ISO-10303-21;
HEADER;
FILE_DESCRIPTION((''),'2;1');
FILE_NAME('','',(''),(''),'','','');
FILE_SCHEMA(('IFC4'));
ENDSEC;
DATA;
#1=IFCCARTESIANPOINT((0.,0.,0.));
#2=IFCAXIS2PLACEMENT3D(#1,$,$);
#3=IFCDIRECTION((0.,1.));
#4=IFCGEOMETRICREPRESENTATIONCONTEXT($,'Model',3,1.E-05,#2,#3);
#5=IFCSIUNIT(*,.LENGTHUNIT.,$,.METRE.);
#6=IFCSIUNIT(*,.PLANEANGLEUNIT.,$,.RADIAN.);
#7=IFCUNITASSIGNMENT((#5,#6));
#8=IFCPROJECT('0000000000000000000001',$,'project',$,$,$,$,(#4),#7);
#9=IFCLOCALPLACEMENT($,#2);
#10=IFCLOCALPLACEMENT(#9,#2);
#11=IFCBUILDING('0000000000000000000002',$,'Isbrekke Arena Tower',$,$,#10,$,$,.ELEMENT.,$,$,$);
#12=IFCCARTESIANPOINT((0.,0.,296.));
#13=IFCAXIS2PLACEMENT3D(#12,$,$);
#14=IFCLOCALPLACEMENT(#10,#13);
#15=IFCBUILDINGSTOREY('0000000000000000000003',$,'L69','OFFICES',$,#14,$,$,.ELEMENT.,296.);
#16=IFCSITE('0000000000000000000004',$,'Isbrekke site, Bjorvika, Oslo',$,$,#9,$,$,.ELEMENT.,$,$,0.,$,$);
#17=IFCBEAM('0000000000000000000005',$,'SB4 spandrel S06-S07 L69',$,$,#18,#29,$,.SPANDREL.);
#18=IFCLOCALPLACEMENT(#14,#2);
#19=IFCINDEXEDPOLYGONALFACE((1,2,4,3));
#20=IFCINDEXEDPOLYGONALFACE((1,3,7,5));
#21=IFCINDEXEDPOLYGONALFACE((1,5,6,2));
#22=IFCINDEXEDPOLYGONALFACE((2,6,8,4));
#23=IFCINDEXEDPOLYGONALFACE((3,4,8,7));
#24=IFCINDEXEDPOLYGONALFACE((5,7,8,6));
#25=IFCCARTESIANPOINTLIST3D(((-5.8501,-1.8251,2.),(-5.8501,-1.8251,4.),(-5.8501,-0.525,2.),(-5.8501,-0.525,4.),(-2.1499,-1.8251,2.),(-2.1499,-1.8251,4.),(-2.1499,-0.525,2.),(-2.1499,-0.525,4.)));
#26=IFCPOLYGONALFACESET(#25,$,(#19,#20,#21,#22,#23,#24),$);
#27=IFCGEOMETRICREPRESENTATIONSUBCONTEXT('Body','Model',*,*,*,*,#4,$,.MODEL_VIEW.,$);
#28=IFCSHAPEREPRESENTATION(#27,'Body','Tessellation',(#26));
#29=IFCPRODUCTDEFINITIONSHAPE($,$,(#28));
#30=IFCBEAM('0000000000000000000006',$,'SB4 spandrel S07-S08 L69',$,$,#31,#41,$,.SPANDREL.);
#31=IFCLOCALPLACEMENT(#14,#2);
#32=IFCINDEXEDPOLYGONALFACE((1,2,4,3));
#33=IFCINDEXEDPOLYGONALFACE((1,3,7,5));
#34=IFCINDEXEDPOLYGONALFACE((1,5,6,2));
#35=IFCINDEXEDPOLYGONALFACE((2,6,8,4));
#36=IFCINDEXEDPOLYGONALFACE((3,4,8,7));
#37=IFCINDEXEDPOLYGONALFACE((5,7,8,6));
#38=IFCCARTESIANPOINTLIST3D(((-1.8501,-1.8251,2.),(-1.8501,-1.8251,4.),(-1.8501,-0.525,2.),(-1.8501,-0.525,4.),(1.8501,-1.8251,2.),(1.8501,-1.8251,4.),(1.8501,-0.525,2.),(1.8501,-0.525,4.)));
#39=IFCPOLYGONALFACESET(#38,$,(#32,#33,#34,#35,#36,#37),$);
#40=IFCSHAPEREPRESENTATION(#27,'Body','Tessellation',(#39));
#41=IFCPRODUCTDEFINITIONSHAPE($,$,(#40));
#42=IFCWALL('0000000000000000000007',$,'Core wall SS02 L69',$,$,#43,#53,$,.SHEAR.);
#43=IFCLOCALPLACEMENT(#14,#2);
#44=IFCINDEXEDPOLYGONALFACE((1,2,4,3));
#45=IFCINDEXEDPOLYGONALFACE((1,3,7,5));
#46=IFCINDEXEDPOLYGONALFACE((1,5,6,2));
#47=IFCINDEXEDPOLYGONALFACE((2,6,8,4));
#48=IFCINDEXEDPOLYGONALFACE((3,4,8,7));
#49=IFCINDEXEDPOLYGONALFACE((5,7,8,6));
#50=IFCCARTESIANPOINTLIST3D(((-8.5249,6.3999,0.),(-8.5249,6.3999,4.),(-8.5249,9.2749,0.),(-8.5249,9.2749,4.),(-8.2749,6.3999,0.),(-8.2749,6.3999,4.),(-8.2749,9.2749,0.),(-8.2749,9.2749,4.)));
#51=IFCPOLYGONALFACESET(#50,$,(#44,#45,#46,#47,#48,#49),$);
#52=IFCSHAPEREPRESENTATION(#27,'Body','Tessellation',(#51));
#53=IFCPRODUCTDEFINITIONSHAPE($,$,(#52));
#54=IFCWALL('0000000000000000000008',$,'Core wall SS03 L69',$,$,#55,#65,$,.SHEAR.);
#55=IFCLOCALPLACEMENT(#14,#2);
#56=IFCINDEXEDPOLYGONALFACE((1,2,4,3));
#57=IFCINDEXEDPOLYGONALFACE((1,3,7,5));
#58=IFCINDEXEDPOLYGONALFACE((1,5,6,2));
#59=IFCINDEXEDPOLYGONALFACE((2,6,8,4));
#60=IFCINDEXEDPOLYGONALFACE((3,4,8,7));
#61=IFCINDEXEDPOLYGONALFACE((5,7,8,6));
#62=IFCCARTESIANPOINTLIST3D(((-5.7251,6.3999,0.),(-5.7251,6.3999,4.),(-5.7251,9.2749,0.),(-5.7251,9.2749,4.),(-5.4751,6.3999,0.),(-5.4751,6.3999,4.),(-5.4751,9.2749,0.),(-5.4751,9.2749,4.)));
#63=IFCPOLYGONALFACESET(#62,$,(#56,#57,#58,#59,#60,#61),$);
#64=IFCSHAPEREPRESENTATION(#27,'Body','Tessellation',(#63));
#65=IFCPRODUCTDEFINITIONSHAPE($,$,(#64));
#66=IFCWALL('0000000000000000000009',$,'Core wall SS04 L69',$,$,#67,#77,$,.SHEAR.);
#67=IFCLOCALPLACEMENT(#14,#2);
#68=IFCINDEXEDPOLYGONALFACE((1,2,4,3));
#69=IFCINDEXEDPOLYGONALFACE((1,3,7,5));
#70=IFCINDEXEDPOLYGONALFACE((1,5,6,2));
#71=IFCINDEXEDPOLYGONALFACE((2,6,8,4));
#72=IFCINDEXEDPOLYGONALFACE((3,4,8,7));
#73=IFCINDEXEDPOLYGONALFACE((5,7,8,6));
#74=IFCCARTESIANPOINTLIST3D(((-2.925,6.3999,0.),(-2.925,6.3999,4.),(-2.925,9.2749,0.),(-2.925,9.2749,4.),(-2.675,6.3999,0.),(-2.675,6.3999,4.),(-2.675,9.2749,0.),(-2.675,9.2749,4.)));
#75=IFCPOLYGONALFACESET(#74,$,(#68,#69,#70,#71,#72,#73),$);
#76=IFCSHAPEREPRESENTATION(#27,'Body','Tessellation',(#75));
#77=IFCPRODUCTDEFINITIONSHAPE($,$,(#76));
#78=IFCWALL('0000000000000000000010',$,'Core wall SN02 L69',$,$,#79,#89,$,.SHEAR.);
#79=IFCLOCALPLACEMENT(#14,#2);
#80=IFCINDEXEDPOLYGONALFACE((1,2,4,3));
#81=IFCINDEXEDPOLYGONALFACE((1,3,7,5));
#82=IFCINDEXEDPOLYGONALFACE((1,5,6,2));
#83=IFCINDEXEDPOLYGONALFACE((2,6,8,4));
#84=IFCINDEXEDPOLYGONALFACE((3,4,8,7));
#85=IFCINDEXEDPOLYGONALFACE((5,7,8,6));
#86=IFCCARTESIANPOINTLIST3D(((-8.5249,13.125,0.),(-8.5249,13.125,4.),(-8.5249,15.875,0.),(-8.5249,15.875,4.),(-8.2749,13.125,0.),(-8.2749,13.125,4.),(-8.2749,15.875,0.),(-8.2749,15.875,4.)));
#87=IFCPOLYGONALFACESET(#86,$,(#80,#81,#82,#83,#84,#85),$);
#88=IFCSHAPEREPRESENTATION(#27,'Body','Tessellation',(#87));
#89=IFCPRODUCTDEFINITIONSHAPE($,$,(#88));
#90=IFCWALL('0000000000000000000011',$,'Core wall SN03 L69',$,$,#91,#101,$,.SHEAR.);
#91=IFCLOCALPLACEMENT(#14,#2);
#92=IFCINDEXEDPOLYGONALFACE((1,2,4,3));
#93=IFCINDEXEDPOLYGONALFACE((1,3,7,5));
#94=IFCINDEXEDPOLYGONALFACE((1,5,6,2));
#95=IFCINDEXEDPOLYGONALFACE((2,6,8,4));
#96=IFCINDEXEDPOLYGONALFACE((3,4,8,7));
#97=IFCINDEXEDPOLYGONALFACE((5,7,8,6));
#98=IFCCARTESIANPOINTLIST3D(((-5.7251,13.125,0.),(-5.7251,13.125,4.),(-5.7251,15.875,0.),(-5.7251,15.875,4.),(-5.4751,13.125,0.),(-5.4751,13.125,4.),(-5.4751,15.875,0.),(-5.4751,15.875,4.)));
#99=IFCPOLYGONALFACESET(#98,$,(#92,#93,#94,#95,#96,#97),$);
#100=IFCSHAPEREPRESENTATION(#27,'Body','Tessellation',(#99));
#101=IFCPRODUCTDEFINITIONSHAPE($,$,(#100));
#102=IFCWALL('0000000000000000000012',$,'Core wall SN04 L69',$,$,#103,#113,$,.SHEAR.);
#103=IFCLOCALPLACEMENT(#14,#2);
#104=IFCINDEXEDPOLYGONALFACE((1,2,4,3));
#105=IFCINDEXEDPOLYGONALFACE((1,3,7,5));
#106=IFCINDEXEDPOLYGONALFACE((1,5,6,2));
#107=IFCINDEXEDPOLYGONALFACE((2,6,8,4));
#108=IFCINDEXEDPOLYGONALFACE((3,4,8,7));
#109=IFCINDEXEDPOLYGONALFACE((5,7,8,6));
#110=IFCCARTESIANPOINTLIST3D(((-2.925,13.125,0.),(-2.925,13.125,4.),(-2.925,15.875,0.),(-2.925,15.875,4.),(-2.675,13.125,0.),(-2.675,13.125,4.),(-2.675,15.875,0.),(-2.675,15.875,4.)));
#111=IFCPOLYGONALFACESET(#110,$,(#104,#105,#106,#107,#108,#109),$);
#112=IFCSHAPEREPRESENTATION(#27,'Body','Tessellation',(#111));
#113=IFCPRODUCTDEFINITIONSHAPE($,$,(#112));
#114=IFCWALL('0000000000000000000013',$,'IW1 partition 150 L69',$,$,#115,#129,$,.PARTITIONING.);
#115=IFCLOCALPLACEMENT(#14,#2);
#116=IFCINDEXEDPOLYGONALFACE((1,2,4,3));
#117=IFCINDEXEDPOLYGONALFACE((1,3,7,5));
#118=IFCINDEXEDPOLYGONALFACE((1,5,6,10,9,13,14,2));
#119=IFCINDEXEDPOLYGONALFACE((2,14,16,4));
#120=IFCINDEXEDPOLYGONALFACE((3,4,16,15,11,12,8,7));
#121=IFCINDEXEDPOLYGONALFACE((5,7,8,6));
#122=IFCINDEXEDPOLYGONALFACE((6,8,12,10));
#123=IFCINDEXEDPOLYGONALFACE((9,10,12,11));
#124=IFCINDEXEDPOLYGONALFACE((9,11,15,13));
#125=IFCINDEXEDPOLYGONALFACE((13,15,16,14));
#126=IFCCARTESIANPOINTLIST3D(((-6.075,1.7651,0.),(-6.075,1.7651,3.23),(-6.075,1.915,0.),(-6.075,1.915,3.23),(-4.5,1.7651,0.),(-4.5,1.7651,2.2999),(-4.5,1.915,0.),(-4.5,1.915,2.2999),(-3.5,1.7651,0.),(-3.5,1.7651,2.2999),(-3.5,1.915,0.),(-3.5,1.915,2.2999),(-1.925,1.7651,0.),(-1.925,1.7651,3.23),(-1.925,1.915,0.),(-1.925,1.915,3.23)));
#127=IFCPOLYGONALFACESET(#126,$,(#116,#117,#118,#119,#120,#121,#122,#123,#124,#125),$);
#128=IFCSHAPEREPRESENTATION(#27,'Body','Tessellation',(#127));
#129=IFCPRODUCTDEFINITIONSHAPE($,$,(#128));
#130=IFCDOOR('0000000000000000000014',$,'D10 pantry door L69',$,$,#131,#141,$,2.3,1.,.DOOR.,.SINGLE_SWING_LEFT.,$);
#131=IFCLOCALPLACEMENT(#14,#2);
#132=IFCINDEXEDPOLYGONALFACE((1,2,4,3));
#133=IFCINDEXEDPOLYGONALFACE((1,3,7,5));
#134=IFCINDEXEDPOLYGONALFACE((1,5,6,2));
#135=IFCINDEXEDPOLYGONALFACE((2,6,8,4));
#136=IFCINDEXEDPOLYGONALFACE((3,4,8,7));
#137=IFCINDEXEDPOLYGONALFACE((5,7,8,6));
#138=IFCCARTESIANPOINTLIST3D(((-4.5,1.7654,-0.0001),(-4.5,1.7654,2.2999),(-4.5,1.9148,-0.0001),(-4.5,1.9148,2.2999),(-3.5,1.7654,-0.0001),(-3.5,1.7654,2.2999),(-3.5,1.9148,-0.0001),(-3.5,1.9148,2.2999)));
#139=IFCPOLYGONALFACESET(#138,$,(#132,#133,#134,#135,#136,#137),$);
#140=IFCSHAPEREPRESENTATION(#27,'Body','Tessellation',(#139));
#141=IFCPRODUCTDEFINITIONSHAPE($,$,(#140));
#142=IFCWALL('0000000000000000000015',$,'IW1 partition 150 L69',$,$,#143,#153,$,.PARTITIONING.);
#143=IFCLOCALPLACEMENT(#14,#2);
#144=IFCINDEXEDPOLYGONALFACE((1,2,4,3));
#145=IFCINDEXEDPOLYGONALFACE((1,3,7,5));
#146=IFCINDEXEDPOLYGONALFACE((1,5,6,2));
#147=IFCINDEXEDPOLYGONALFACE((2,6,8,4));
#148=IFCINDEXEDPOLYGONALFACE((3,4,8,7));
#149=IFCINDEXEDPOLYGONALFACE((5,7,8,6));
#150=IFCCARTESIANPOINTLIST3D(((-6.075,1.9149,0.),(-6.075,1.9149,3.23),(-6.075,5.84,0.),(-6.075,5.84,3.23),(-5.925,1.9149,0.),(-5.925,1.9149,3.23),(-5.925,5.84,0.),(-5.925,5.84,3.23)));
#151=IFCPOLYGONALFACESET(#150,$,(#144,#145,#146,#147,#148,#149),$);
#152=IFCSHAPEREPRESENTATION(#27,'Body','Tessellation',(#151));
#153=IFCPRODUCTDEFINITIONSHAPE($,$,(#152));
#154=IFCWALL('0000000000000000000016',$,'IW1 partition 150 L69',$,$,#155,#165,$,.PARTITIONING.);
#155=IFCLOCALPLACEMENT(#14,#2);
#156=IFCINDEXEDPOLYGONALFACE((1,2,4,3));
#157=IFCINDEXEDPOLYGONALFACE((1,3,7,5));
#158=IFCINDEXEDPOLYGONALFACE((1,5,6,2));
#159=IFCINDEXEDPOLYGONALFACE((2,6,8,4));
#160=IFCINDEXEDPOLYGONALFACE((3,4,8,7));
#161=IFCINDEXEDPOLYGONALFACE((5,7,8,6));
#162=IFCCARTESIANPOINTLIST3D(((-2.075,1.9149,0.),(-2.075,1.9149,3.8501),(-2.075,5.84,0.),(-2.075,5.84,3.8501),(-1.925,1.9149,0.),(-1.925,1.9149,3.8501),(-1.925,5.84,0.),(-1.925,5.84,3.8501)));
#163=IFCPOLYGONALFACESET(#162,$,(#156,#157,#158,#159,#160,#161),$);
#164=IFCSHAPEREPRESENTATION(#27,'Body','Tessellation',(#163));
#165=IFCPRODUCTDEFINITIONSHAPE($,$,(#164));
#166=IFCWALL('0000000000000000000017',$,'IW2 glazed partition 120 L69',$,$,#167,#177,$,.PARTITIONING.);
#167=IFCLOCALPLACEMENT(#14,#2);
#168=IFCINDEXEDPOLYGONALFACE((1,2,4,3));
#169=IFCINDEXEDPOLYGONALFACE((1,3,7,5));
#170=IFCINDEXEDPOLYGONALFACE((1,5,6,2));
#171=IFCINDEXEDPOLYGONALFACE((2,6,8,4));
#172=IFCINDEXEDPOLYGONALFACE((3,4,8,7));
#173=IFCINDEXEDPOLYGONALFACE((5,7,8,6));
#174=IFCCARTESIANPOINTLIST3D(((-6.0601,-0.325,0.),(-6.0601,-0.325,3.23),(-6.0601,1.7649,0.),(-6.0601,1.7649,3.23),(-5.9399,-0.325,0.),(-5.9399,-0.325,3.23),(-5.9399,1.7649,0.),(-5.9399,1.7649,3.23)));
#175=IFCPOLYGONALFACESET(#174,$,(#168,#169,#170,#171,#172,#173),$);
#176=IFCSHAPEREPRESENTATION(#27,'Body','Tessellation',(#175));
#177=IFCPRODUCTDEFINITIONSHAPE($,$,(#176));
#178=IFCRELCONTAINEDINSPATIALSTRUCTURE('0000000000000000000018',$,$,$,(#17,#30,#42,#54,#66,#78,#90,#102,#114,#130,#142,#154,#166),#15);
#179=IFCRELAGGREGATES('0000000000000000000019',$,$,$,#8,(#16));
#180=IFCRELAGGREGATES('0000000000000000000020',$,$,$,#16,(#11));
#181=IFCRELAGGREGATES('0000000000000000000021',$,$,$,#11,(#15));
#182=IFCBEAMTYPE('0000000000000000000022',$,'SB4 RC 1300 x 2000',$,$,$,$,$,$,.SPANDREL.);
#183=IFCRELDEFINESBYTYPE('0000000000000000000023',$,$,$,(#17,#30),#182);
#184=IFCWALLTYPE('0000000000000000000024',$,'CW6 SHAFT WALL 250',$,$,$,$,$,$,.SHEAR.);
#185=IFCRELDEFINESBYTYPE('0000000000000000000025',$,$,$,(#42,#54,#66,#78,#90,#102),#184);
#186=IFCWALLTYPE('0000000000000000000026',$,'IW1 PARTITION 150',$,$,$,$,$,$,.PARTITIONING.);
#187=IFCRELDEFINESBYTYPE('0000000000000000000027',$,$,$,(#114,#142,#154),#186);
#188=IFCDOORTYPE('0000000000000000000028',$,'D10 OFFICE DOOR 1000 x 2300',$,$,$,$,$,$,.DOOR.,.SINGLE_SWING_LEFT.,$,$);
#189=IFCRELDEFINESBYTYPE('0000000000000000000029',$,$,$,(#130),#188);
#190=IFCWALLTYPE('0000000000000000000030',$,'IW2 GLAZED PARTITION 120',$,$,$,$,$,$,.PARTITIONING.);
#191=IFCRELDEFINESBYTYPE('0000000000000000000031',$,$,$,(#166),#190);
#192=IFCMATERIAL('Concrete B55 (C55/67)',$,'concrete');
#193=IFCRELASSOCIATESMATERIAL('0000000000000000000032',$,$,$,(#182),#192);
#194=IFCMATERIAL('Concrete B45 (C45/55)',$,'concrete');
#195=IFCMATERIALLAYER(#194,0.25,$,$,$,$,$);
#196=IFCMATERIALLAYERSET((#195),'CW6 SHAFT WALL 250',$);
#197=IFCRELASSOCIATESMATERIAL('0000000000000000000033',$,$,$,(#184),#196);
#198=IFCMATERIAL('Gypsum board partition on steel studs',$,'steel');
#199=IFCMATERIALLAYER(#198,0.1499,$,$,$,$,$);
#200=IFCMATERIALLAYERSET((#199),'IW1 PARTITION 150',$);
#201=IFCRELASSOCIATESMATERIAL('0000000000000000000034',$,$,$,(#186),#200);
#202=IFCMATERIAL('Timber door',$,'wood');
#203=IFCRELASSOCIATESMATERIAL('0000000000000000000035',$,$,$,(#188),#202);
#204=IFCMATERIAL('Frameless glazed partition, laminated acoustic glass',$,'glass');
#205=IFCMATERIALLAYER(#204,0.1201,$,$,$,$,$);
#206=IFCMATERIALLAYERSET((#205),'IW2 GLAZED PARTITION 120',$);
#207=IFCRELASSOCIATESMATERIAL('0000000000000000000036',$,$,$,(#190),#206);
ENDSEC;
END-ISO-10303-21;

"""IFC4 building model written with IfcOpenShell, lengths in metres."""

from ifc_helpers import new_model, si_unit, direction, frame, frame_2d, origin, origin_2d, place, context, subcontext, project, spatial, rectangle, extrude, material, layer, layer_set, material_profile, profile_set, type_object, element, fill, save


model = new_model("IFC4")

# Units and contexts
model_context = context("Model", 3, precision=1e-05, world=origin(), true_north=direction((0.0, 1.0)))
body_context = subcontext(model_context, "Body", "Model", "MODEL_VIEW")
ifc_project = project(units=[si_unit("LENGTHUNIT", "METRE"), si_unit("PLANEANGLEUNIT", "RADIAN")], contexts=[model_context])

# Site, building, storey
site_placement = place(None, origin())
site = spatial("IfcSite", under=ifc_project, at=site_placement, Name="Isbrekke site, Bjorvika, Oslo", CompositionType="ELEMENT", RefElevation=0.0)
building_placement = place(site_placement, origin())
building = spatial("IfcBuilding", under=site, at=building_placement, Name="Isbrekke Arena Tower", CompositionType="ELEMENT")
storey_placement = place(building_placement, frame((0.0, 0.0, 296.0)))
storey = spatial("IfcBuildingStorey", under=building, at=storey_placement, Name="L69", Description="OFFICES", CompositionType="ELEMENT", Elevation=296.0)

# Beams
ifc_material_1 = material(Name="Concrete B55 (C55/67)", Category="concrete")
ifc_material_profile_1 = material_profile(ifc_material_1, rectangle(XDim=1.3, YDim=2.0, at=origin_2d()), Name="RC 1300x2000")
ifc_profile_set_1 = profile_set([ifc_material_profile_1], Name="Concrete B55 (C55/67)")
beam_type_1 = type_object("IfcBeamType", Name="SB4 RC 1300 x 2000", PredefinedType="SPANDREL", material=ifc_profile_set_1)
for number, where, z_axis, x_axis, name in (
    (1, (-5.8501, -1.175, 3.0), (1.0, 0.0, 0.0), (0.0, 1.0, 0.0), "SB4 spandrel S06-S07 L69"),
    (2, (-1.8501, -1.175, 3.0), (1.0, 0.0, 0.0), (0.0, 1.0, 0.0), "SB4 spandrel S07-S08 L69"),
):
    element("IfcBeam", number, at=place(storey_placement, frame(where, z_axis=z_axis, x_axis=x_axis)), inside=storey, type_object=beam_type_1, Name=name, PredefinedType="SPANDREL", context=body_context, shape_type="SweptSolid", body=[
        extrude(rectangle(XDim=1.3, YDim=2.0, at=origin_2d()), origin(), (0.0, 0.0, 1.0), 3.7002),
    ])

# Walls
ifc_material_2 = material(Name="Concrete B45 (C45/55)", Category="concrete")
ifc_layer_1 = layer(ifc_material_2, 0.25)
ifc_layer_set_1 = layer_set([ifc_layer_1], Name="CW6 SHAFT WALL 250")
wall_type_1 = type_object("IfcWallType", Name="CW6 SHAFT WALL 250", PredefinedType="SHEAR", material=ifc_layer_set_1)
for number, where, z_axis, x_axis, name in (
    (3, (-8.3999, 6.3999, 0.0), (0.0, 0.0, 1.0), (0.0, 1.0, 0.0), "Core wall SS02 L69"),
    (4, (-5.6001, 6.3999, 0.0), (0.0, 0.0, 1.0), (0.0, 1.0, 0.0), "Core wall SS03 L69"),
    (5, (-2.8, 6.3999, 0.0), (0.0, 0.0, 1.0), (0.0, 1.0, 0.0), "Core wall SS04 L69"),
):
    element("IfcWall", number, at=place(storey_placement, frame(where, z_axis=z_axis, x_axis=x_axis)), inside=storey, type_object=wall_type_1, Name=name, PredefinedType="SHEAR", context=body_context, shape_type="SweptSolid", body=[
        extrude(rectangle(XDim=2.875, YDim=0.25, at=frame_2d((1.4375, 0.0))), origin(), (0.0, 0.0, 1.0), 4.0),
    ])
for number, where, z_axis, x_axis, name in (
    (6, (-8.3999, 13.125, 0.0), (0.0, 0.0, 1.0), (0.0, 1.0, 0.0), "Core wall SN02 L69"),
    (7, (-5.6001, 13.125, 0.0), (0.0, 0.0, 1.0), (0.0, 1.0, 0.0), "Core wall SN03 L69"),
    (8, (-2.8, 13.125, 0.0), (0.0, 0.0, 1.0), (0.0, 1.0, 0.0), "Core wall SN04 L69"),
):
    element("IfcWall", number, at=place(storey_placement, frame(where, z_axis=z_axis, x_axis=x_axis)), inside=storey, type_object=wall_type_1, Name=name, PredefinedType="SHEAR", context=body_context, shape_type="SweptSolid", body=[
        extrude(rectangle(XDim=2.75, YDim=0.25, at=frame_2d((1.375, 0.0))), origin(), (0.0, 0.0, 1.0), 4.0),
    ])

# Wall, opening, door
ifc_material_3 = material(Name="Gypsum board partition on steel studs", Category="steel")
ifc_layer_2 = layer(ifc_material_3, 0.1499)
ifc_layer_set_2 = layer_set([ifc_layer_2], Name="IW1 PARTITION 150")
wall_type_2 = type_object("IfcWallType", Name="IW1 PARTITION 150", PredefinedType="PARTITIONING", material=ifc_layer_set_2)
wall_1_placement = place(storey_placement, frame((-6.075, 1.8401, 0.0), z_axis=(0.0, 0.0, 1.0), x_axis=(1.0, 0.0, 0.0)))
wall_1 = element("IfcWall", 9, at=wall_1_placement, inside=storey, type_object=wall_type_2, Name="IW1 partition 150 L69", PredefinedType="PARTITIONING", context=body_context, shape_type="SweptSolid", body=[
    extrude(rectangle(XDim=4.1499, YDim=0.1499, at=frame_2d((2.075, 0.0))), origin(), (0.0, 0.0, 1.0), 3.23),
])
opening_1_placement = place(wall_1_placement, frame((1.575, 0.0, 0.0)))
opening_1 = element("IfcOpeningElement", 10, at=opening_1_placement, cuts=wall_1, PredefinedType="OPENING", context=body_context, shape_type="SweptSolid", body=[
    extrude(rectangle(XDim=1.0, YDim=2.3, at=frame_2d((0.5, 1.1499))), frame((0.0, 0.0898, 0.0), z_axis=(0.0, -1.0, 0.0), x_axis=(1.0, 0.0, 0.0)), (0.0, 0.0, 1.0), 0.1797),
])
ifc_material_4 = material(Name="Timber door", Category="wood")
door_type_1 = type_object("IfcDoorType", Name="D10 OFFICE DOOR 1000 x 2300", OperationType="SINGLE_SWING_LEFT", PredefinedType="DOOR", material=ifc_material_4)
door_1_placement = place(opening_1_placement, origin())
door_1 = element("IfcDoor", 11, at=door_1_placement, inside=storey, type_object=door_type_1, Name="D10 pantry door L69", OperationType="SINGLE_SWING_LEFT", OverallHeight=2.3, OverallWidth=1.0, PredefinedType="DOOR", context=body_context, shape_type="SweptSolid", body=[
    extrude(rectangle(XDim=1.0, YDim=2.3, at=frame_2d((0.5, 1.1499))), frame((0.0, 0.0747, 0.0), z_axis=(0.0, -1.0, 0.0), x_axis=(1.0, 0.0, 0.0)), (0.0, 0.0, 1.0), 0.1494),
])
fill(opening_1, door_1)

# Walls
wall_2_placement = place(storey_placement, frame((-6.0, 1.915, 0.0), z_axis=(0.0, 0.0, 1.0), x_axis=(0.0, 1.0, 0.0)))
element("IfcWall", 12, at=wall_2_placement, inside=storey, type_object=wall_type_2, Name="IW1 partition 150 L69", PredefinedType="PARTITIONING", context=body_context, shape_type="SweptSolid", body=[
    extrude(rectangle(XDim=3.925, YDim=0.1499, at=frame_2d((1.9624, 0.0))), origin(), (0.0, 0.0, 1.0), 3.23),
])
wall_3_placement = place(storey_placement, frame((-2.0, 1.915, 0.0), z_axis=(0.0, 0.0, 1.0), x_axis=(0.0, 1.0, 0.0)))
element("IfcWall", 13, at=wall_3_placement, inside=storey, type_object=wall_type_2, Name="IW1 partition 150 L69", PredefinedType="PARTITIONING", context=body_context, shape_type="SweptSolid", body=[
    extrude(rectangle(XDim=3.925, YDim=0.1499, at=frame_2d((1.9624, 0.0))), origin(), (0.0, 0.0, 1.0), 3.8501),
])
ifc_material_5 = material(Name="Frameless glazed partition, laminated acoustic glass", Category="glass")
ifc_layer_3 = layer(ifc_material_5, 0.1201)
ifc_layer_set_3 = layer_set([ifc_layer_3], Name="IW2 GLAZED PARTITION 120")
wall_type_3 = type_object("IfcWallType", Name="IW2 GLAZED PARTITION 120", PredefinedType="PARTITIONING", material=ifc_layer_set_3)
wall_4_placement = place(storey_placement, frame((-6.0, -0.325, 0.0), z_axis=(0.0, 0.0, 1.0), x_axis=(0.0, 1.0, 0.0)))
element("IfcWall", 14, at=wall_4_placement, inside=storey, type_object=wall_type_3, Name="IW2 glazed partition 120 L69", PredefinedType="PARTITIONING", context=body_context, shape_type="SweptSolid", body=[
    extrude(rectangle(XDim=2.0898, YDim=0.1201, at=frame_2d((1.0449, 0.0))), origin(), (0.0, 0.0, 1.0), 3.23),
])

save(model, "model.ifc")
